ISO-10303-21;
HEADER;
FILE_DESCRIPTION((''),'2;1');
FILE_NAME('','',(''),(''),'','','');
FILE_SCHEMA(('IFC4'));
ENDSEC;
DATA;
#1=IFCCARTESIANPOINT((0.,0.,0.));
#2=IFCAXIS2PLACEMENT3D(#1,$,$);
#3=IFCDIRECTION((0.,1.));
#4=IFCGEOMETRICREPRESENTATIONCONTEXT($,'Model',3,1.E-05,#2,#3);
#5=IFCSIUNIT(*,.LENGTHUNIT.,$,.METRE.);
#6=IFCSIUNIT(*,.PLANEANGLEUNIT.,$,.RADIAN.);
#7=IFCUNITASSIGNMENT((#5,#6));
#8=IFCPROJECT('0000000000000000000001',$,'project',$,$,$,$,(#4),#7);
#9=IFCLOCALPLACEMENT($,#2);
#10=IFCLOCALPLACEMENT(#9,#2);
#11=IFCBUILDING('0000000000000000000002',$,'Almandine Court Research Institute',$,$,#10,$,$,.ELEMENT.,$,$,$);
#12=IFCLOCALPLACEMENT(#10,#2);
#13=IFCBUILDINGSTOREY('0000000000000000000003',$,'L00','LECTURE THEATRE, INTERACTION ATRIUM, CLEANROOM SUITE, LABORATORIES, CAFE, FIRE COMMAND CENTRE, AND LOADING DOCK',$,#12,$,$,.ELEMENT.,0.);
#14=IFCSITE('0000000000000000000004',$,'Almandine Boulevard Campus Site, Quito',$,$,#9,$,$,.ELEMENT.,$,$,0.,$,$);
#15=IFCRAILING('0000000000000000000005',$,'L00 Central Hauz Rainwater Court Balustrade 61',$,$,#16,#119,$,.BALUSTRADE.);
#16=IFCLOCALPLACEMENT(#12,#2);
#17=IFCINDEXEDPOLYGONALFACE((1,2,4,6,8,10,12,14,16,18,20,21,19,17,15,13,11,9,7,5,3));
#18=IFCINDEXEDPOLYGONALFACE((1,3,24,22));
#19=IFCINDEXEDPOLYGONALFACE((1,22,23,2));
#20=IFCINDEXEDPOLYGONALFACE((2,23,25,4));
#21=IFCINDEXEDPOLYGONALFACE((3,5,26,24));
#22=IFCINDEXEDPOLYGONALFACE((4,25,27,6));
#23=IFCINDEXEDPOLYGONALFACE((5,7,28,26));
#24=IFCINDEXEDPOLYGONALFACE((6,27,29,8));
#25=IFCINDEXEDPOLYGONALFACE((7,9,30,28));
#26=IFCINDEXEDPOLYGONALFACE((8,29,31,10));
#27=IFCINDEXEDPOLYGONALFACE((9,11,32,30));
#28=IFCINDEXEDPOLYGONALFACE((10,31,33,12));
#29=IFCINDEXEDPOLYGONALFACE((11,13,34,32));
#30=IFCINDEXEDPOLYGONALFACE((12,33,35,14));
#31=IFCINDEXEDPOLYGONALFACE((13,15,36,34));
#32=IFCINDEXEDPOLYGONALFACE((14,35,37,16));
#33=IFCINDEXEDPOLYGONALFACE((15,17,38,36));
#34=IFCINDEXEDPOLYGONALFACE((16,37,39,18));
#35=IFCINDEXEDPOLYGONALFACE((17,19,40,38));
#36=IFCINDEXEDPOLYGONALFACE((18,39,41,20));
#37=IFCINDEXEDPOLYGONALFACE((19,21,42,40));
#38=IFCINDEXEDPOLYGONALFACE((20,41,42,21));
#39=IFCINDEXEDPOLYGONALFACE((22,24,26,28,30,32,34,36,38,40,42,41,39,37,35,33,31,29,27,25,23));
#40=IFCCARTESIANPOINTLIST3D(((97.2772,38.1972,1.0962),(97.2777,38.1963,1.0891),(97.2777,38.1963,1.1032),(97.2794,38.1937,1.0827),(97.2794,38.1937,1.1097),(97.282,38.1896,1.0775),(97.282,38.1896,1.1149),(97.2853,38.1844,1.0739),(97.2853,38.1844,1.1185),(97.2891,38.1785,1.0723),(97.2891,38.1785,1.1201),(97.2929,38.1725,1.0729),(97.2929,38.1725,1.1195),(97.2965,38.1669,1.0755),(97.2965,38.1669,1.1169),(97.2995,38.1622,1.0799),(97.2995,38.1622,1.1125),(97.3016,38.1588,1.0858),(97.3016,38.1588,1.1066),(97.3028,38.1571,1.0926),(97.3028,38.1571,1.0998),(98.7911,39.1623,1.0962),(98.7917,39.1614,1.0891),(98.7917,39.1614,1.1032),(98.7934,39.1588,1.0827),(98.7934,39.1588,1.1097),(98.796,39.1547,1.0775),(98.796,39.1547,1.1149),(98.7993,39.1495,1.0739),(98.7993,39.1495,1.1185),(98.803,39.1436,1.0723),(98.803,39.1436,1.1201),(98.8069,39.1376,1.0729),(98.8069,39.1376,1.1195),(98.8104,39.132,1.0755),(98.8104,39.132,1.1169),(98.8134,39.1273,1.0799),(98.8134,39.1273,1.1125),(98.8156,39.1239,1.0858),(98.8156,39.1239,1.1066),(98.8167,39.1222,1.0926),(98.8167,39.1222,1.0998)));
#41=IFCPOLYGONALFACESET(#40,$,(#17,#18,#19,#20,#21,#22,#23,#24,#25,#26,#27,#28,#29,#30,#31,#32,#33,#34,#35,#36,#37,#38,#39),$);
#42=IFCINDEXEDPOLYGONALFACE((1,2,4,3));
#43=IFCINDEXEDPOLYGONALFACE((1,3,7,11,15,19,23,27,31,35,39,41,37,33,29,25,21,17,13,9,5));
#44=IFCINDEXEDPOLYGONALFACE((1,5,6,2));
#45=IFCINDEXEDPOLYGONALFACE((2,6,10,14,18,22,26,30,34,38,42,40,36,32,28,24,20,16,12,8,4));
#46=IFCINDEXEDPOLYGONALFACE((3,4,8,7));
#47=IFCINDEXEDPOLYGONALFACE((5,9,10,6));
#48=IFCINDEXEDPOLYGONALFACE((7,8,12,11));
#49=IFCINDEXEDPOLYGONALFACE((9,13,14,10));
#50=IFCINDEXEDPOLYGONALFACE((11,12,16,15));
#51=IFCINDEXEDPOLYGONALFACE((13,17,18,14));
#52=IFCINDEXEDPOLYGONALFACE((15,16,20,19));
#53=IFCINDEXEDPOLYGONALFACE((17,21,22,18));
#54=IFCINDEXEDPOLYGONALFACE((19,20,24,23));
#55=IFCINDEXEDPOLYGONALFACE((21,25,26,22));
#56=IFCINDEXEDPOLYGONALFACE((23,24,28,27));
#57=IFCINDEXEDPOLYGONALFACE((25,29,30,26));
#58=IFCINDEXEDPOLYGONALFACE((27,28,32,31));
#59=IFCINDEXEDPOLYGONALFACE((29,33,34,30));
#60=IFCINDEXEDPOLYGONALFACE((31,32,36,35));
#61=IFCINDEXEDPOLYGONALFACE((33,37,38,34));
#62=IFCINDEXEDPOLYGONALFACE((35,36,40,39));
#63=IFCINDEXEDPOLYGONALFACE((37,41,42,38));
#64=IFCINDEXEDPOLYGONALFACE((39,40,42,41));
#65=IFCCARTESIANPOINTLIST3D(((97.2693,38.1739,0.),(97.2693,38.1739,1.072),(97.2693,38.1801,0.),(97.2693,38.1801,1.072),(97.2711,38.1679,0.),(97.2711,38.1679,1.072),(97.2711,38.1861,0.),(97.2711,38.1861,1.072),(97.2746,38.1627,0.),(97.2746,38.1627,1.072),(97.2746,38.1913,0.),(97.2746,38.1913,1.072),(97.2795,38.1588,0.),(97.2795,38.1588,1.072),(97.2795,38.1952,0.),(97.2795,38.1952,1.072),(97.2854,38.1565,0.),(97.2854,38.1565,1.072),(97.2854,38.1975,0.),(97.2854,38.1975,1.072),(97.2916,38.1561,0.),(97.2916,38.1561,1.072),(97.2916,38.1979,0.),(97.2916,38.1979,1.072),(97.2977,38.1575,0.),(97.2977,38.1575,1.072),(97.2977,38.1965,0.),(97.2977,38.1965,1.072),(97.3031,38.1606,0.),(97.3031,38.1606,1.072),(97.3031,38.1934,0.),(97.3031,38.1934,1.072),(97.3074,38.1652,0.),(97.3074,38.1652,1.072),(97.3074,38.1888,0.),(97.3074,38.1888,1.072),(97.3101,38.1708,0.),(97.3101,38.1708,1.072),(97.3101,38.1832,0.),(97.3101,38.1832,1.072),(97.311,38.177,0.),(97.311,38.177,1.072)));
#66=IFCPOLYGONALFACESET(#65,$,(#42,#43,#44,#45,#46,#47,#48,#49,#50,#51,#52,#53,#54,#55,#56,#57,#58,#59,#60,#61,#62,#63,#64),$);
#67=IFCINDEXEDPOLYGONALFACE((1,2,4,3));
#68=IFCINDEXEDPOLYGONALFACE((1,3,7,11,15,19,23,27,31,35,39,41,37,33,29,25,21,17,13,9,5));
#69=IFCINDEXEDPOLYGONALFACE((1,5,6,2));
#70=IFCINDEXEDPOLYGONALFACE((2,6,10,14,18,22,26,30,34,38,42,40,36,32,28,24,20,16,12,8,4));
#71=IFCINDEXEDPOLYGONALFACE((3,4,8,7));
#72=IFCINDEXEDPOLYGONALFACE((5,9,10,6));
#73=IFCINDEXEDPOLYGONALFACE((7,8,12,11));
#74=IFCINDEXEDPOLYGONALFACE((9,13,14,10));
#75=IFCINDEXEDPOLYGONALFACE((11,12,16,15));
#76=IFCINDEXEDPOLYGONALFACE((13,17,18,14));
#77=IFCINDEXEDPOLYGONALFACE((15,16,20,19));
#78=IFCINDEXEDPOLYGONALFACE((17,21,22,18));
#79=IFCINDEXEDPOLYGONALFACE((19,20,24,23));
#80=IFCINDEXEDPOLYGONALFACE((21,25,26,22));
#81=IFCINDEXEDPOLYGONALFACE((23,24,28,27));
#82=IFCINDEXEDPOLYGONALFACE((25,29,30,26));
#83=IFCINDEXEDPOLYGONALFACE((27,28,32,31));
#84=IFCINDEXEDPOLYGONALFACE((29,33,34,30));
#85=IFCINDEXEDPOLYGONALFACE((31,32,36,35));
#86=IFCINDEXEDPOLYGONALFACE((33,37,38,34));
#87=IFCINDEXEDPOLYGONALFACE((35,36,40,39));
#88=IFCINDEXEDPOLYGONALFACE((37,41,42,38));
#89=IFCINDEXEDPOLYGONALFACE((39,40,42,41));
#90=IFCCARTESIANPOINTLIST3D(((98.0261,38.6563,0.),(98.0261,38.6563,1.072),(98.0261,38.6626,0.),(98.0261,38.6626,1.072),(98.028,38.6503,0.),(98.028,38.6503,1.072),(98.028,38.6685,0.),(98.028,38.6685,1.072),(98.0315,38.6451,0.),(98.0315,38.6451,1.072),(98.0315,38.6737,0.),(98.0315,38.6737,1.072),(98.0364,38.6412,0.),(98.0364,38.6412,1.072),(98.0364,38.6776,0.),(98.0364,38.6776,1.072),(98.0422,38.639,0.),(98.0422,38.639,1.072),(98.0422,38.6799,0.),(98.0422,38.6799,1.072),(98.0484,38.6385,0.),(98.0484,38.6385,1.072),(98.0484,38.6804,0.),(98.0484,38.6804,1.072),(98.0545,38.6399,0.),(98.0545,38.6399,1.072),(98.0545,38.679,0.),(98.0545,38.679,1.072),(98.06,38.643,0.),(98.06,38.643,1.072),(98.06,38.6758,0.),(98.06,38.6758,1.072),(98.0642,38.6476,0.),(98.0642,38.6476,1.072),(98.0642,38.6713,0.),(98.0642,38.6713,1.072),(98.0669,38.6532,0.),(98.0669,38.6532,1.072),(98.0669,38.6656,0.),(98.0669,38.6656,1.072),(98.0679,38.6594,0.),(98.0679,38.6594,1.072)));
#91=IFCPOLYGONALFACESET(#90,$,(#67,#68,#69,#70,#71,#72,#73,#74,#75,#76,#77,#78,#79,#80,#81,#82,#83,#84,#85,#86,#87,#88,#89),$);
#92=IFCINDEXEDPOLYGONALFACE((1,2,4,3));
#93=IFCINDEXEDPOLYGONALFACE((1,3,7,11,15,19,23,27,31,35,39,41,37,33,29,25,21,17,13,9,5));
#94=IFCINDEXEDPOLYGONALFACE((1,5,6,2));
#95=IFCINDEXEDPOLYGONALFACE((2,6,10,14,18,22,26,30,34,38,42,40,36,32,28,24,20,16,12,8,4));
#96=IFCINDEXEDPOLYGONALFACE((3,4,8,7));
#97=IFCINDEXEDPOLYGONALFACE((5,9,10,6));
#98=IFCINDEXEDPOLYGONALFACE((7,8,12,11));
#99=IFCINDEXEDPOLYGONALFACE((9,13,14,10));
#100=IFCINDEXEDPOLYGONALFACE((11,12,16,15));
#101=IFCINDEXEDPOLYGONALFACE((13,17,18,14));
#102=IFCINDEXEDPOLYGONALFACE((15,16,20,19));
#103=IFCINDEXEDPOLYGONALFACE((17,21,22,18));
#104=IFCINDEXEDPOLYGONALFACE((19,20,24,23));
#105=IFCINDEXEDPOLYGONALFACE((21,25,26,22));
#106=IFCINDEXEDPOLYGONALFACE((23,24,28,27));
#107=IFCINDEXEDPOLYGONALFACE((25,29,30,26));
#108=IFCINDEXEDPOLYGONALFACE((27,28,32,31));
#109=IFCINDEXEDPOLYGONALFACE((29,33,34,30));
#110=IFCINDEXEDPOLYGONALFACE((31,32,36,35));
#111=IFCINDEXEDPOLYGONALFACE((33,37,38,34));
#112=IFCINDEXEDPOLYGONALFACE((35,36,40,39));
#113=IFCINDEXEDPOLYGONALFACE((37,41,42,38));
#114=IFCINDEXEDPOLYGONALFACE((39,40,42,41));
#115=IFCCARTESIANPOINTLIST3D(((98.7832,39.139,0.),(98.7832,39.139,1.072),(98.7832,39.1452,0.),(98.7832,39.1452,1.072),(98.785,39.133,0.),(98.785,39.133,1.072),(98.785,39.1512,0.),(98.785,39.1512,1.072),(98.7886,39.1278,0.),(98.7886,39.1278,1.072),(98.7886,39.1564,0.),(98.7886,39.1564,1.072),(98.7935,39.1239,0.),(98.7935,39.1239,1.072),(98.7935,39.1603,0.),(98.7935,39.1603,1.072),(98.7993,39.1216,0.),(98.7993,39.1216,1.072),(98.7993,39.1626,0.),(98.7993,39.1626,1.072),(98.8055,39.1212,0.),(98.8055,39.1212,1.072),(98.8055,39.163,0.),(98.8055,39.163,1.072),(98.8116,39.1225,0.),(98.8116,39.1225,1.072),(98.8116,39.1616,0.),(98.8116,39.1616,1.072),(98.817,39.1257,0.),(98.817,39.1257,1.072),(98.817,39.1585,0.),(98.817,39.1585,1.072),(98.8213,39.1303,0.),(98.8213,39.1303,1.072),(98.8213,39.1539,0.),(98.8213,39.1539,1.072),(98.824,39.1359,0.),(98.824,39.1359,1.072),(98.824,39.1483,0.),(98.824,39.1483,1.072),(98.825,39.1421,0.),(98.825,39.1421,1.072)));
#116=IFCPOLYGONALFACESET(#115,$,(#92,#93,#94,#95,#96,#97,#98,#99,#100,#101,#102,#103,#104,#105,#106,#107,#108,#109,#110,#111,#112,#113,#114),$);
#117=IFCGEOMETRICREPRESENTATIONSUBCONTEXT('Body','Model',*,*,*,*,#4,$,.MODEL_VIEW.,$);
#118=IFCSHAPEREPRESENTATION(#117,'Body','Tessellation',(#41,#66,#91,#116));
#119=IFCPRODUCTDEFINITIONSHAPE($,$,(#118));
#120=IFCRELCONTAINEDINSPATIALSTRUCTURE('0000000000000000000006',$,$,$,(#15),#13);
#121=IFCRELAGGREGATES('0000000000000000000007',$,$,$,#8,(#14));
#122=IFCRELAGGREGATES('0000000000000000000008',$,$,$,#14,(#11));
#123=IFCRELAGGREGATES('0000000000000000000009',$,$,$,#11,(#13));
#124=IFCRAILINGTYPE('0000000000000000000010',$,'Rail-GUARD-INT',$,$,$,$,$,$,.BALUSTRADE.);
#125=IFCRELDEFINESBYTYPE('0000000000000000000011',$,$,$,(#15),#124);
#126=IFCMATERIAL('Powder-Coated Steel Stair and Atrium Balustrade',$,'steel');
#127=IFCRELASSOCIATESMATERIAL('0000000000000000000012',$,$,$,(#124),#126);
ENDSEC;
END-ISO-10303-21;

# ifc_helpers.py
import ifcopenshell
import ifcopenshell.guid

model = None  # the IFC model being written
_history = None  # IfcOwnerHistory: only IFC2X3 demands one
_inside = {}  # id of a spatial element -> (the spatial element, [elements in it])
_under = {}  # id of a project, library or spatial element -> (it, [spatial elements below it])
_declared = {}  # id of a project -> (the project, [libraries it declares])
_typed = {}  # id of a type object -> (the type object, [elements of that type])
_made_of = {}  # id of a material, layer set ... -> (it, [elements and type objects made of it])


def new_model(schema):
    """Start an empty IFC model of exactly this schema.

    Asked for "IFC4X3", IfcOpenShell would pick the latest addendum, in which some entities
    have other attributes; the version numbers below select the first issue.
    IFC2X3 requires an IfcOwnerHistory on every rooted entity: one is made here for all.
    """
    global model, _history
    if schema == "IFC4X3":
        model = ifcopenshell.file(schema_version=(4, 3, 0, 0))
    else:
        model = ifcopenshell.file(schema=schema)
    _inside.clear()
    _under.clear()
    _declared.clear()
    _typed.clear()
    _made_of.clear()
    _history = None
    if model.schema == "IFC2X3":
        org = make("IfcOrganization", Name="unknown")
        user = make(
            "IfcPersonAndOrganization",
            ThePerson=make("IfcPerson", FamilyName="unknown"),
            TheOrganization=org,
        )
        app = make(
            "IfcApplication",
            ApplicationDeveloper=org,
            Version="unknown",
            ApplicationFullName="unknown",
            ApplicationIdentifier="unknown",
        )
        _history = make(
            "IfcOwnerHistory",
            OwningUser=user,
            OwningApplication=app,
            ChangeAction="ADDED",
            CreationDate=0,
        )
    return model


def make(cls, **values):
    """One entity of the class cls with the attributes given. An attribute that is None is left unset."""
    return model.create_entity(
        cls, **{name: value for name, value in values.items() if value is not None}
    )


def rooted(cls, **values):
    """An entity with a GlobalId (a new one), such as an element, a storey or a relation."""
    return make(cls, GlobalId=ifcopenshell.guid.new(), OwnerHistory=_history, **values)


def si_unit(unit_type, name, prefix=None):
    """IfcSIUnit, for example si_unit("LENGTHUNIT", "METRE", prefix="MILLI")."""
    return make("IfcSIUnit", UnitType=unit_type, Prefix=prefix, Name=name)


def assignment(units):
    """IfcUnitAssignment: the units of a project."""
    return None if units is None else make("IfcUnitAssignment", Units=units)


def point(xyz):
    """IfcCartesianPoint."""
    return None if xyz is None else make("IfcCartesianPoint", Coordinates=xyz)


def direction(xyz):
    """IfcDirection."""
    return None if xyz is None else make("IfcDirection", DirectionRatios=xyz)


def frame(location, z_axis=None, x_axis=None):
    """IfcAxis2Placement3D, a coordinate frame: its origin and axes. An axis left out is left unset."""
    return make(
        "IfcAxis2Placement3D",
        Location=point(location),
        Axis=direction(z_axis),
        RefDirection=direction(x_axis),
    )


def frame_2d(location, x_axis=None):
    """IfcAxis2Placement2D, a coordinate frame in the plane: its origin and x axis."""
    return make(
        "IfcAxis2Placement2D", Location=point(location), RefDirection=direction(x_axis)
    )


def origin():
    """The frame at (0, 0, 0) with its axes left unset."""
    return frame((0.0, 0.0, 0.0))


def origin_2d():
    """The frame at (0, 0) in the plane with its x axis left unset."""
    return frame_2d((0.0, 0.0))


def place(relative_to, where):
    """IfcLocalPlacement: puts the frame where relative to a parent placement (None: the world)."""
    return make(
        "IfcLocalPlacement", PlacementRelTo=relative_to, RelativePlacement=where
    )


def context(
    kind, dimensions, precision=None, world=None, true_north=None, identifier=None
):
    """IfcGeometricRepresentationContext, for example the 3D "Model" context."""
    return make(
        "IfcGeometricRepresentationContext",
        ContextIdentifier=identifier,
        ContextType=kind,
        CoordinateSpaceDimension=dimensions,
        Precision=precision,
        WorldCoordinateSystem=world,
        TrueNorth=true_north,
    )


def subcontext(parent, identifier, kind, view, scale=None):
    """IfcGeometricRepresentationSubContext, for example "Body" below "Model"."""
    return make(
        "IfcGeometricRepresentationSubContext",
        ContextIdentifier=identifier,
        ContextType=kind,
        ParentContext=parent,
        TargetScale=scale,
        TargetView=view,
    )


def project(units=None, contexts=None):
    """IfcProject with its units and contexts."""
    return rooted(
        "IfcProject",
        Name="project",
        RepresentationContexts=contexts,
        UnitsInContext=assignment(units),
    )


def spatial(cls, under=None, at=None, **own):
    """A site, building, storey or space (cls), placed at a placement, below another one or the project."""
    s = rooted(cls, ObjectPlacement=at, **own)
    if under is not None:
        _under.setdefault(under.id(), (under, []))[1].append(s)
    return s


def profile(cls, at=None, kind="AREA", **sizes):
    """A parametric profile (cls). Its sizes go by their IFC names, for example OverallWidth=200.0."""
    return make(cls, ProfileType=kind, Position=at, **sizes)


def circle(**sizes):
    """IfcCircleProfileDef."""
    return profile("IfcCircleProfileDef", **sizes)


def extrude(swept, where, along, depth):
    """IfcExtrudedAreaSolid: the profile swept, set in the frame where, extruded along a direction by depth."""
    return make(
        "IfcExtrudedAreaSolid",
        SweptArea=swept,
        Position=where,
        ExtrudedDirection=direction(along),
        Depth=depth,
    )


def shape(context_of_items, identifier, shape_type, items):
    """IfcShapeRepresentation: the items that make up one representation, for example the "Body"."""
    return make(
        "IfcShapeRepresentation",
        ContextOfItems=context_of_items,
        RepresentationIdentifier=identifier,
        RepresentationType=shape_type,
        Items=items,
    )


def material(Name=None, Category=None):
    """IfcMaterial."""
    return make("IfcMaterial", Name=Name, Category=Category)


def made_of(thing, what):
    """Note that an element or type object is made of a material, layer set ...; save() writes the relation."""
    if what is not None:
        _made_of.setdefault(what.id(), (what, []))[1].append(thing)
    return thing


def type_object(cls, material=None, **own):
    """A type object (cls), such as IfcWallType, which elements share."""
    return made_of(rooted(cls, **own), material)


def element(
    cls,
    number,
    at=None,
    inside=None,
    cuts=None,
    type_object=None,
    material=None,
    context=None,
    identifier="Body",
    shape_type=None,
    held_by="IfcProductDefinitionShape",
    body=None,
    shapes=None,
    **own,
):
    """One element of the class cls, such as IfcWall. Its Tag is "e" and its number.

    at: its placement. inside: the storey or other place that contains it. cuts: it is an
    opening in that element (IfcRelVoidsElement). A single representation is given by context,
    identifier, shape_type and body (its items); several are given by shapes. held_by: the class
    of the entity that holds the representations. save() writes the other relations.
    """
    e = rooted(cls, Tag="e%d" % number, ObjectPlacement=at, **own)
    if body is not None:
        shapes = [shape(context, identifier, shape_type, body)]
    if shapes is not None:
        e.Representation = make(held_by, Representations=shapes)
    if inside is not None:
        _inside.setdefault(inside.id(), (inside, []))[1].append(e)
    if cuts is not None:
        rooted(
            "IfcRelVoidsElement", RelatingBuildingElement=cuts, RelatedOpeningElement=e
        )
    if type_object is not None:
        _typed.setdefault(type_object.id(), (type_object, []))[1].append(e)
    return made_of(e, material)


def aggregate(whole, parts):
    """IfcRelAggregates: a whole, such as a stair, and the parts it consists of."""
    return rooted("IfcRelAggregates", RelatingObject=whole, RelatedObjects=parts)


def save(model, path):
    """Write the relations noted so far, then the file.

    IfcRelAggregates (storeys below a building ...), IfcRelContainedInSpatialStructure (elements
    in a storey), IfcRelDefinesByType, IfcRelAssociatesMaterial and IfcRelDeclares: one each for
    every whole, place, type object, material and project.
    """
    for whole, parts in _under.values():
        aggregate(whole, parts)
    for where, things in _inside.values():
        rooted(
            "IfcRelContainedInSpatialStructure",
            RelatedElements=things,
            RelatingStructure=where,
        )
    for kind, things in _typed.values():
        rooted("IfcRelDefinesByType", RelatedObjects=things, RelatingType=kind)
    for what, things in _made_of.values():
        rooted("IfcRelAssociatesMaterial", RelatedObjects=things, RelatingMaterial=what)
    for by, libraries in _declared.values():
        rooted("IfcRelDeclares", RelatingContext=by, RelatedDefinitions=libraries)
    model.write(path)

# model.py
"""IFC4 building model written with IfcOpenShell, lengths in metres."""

from ifc_helpers import new_model, si_unit, direction, frame, origin, origin_2d, place, context, subcontext, project, spatial, circle, extrude, material, type_object, element, save


model = new_model("IFC4")

# Units and contexts
model_context = context("Model", 3, precision=1e-05, world=origin(), true_north=direction((0.0, 1.0)))
body_context = subcontext(model_context, "Body", "Model", "MODEL_VIEW")
ifc_project = project(units=[si_unit("LENGTHUNIT", "METRE"), si_unit("PLANEANGLEUNIT", "RADIAN")], contexts=[model_context])

# Site, building, storey
site_placement = place(None, origin())
site = spatial("IfcSite", under=ifc_project, at=site_placement, Name="Almandine Boulevard Campus Site, Quito", CompositionType="ELEMENT", RefElevation=0.0)
building_placement = place(site_placement, origin())
building = spatial("IfcBuilding", under=site, at=building_placement, Name="Almandine Court Research Institute", CompositionType="ELEMENT")
storey_placement = place(building_placement, origin())
storey = spatial("IfcBuildingStorey", under=building, at=storey_placement, Name="L00", Description="LECTURE THEATRE, INTERACTION ATRIUM, CLEANROOM SUITE, LABORATORIES, CAFE, FIRE COMMAND CENTRE, AND LOADING DOCK", CompositionType="ELEMENT", Elevation=0.0)

# Railing
ifc_material_1 = material(Name="Powder-Coated Steel Stair and Atrium Balustrade", Category="steel")
railing_type = type_object("IfcRailingType", Name="Rail-GUARD-INT", PredefinedType="BALUSTRADE", material=ifc_material_1)
railing_1_placement = place(storey_placement, frame((97.29, 38.177, 0.0)))
element("IfcRailing", 1, at=railing_1_placement, inside=storey, type_object=railing_type, Name="L00 Central Hauz Rainwater Court Balustrade 61", PredefinedType="BALUSTRADE", context=body_context, shape_type="SweptSolid", body=[
    extrude(circle(Radius=0.0239, at=origin_2d()), frame((0.0, 0.0, 1.0962), z_axis=(0.843236, 0.537544, 0.0), x_axis=(-0.537544, 0.843236, 0.0)), (0.0, 0.0, 1.0), 1.7954),
    extrude(circle(Radius=0.021, at=origin_2d()), origin(), (0.0, 0.0, 1.0), 1.072),
    extrude(circle(Radius=0.021, at=origin_2d()), frame((0.7568, 0.4824, 0.0)), (0.0, 0.0, 1.0), 1.072),
    extrude(circle(Radius=0.021, at=origin_2d()), frame((1.5139, 0.9651, 0.0)), (0.0, 0.0, 1.0), 1.072),
])

save(model, "model.ifc")
